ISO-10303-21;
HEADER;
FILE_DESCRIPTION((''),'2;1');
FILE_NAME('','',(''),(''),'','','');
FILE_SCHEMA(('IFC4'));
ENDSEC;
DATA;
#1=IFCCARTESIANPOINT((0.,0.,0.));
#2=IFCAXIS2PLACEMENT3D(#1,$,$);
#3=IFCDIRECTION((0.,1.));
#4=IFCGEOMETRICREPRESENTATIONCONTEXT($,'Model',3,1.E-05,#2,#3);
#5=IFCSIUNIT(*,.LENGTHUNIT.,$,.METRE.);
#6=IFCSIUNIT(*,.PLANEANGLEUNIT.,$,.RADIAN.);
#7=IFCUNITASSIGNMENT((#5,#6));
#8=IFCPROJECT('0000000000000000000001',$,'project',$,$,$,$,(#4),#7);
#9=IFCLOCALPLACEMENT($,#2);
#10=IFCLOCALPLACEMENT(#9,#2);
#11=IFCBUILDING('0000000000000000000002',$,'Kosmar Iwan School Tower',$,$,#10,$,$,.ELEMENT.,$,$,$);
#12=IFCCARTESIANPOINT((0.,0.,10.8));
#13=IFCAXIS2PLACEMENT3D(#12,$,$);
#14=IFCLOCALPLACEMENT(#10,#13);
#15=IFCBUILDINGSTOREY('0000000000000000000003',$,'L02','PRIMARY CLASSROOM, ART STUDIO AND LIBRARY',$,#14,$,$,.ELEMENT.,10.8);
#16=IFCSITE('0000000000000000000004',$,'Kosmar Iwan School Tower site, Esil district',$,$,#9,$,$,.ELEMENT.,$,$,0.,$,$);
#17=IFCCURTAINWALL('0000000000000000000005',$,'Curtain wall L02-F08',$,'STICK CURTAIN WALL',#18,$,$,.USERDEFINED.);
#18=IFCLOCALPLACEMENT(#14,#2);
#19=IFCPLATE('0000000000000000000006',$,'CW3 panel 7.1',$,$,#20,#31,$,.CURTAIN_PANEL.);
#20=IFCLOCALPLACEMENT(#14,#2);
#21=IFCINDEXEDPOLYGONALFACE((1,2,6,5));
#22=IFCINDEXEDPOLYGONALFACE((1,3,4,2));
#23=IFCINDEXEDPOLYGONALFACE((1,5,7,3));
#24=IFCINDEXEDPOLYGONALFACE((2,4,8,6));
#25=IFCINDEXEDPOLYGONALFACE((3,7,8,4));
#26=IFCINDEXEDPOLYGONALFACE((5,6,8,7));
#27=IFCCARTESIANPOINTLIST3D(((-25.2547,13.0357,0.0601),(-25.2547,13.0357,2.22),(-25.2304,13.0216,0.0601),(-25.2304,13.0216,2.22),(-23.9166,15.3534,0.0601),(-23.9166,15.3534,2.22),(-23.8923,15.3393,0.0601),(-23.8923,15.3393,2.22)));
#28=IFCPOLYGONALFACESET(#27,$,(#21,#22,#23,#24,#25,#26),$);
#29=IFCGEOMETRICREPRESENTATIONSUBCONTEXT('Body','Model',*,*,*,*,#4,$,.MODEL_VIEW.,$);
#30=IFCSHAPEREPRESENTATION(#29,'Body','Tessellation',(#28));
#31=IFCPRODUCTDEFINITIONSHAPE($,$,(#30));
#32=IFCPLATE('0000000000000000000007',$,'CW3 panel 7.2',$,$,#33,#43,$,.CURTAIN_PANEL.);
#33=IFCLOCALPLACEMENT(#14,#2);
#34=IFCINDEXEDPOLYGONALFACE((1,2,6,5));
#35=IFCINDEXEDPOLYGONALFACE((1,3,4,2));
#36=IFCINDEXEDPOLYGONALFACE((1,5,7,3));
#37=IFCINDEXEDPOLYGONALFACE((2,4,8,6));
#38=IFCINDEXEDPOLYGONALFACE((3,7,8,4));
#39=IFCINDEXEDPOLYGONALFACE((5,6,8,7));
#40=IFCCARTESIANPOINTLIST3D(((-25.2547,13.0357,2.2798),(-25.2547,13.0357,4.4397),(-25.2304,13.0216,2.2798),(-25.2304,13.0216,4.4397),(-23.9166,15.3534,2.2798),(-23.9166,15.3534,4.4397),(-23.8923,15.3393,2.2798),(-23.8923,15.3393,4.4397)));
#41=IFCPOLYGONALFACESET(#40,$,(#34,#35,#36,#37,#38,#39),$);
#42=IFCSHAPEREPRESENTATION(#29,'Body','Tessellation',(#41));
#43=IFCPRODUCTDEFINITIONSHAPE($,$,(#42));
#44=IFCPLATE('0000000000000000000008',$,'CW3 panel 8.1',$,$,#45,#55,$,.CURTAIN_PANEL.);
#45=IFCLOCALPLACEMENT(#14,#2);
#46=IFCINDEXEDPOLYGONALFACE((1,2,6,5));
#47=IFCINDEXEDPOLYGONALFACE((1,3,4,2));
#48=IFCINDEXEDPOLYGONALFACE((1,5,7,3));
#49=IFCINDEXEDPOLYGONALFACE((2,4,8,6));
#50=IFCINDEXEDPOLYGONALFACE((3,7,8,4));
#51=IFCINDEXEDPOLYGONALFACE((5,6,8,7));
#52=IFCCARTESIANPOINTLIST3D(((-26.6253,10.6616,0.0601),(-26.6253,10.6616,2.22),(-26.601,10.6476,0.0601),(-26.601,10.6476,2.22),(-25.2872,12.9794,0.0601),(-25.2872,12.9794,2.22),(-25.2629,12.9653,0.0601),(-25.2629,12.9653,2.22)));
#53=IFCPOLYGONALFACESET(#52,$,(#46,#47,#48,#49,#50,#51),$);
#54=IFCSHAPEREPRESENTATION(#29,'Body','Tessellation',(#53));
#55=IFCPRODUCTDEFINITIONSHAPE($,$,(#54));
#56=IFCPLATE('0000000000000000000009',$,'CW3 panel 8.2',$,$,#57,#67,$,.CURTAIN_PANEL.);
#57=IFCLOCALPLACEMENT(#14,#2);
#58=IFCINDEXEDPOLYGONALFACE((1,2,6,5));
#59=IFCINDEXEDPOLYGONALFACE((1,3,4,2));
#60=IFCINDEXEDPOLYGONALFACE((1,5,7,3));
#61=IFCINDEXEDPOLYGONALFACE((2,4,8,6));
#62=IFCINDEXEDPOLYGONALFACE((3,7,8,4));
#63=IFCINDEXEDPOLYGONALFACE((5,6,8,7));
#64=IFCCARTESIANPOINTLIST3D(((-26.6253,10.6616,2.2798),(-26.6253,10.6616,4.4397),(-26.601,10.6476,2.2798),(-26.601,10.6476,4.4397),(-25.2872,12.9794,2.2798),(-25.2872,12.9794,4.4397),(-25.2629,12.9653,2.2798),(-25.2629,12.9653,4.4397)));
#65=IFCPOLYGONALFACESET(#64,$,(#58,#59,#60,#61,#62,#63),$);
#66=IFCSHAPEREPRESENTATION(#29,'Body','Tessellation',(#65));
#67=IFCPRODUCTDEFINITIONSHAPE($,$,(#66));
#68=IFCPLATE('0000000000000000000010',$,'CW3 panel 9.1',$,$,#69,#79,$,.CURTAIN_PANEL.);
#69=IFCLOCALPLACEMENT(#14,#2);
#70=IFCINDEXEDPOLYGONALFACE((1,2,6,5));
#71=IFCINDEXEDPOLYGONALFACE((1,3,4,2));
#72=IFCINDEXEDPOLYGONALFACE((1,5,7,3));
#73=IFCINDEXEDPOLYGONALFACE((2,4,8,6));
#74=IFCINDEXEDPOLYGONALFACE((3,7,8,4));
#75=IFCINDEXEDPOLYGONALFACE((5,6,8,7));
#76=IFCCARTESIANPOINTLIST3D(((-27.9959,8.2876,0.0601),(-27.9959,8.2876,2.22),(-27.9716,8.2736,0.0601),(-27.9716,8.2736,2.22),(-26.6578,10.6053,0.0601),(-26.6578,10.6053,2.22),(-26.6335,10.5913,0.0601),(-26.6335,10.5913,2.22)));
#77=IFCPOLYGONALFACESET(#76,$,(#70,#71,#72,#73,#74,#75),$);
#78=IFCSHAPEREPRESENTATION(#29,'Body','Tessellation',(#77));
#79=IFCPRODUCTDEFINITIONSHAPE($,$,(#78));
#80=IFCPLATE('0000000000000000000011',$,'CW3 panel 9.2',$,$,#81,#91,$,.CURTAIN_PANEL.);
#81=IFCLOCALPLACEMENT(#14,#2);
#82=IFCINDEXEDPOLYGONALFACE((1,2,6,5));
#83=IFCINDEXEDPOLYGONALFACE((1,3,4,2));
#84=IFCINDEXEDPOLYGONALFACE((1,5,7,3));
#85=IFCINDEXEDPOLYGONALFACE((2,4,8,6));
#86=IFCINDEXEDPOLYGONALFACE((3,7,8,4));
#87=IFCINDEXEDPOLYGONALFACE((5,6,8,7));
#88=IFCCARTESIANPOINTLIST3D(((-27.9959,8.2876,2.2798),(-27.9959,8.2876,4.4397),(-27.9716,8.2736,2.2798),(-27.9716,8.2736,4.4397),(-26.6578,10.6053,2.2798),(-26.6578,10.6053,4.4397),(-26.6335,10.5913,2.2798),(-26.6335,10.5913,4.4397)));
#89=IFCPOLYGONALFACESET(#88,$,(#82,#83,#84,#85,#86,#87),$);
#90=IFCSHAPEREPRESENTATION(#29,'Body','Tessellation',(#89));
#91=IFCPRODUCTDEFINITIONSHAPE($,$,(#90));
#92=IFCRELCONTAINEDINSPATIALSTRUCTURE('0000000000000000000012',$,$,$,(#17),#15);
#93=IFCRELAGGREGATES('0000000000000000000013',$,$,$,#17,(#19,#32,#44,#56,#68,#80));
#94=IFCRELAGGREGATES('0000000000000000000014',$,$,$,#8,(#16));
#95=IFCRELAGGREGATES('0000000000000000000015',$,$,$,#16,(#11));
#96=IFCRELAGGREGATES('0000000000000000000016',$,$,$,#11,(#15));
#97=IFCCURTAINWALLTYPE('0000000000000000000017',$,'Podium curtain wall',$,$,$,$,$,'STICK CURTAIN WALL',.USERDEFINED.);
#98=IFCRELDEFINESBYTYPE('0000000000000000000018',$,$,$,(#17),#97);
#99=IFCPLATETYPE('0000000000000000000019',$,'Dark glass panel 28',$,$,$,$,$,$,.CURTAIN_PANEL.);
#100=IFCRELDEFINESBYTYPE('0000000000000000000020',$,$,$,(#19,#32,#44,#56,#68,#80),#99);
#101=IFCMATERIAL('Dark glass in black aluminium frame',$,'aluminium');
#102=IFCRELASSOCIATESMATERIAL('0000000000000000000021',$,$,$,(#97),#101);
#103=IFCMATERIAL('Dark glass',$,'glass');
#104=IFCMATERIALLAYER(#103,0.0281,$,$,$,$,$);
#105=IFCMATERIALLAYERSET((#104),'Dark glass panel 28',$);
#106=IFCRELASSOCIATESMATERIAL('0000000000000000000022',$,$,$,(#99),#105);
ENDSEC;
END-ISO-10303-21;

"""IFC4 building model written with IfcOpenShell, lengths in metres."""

from ifc_helpers import new_model, si_unit, direction, frame, origin, origin_2d, place, context, subcontext, project, spatial, rectangle, extrude, material, layer, layer_set, type_object, element, aggregate, save


model = new_model("IFC4")

# Units and contexts
model_context = context("Model", 3, precision=1e-05, world=origin(), true_north=direction((0.0, 1.0)))
body_context = subcontext(model_context, "Body", "Model", "MODEL_VIEW")
ifc_project = project(units=[si_unit("LENGTHUNIT", "METRE"), si_unit("PLANEANGLEUNIT", "RADIAN")], contexts=[model_context])

# Site, building, storey
site_placement = place(None, origin())
site = spatial("IfcSite", under=ifc_project, at=site_placement, Name="Kosmar Iwan School Tower site, Esil district", CompositionType="ELEMENT", RefElevation=0.0)
building_placement = place(site_placement, origin())
building = spatial("IfcBuilding", under=site, at=building_placement, Name="Kosmar Iwan School Tower", CompositionType="ELEMENT")
storey_placement = place(building_placement, frame((0.0, 0.0, 10.8)))
storey = spatial("IfcBuildingStorey", under=building, at=storey_placement, Name="L02", Description="PRIMARY CLASSROOM, ART STUDIO AND LIBRARY", CompositionType="ELEMENT", Elevation=10.8)

# Curtain wall, plates
ifc_material_1 = material(Name="Dark glass in black aluminium frame", Category="aluminium")
curtain_wall_type = type_object("IfcCurtainWallType", Name="Podium curtain wall", ElementType="STICK CURTAIN WALL", PredefinedType="USERDEFINED", material=ifc_material_1)
curtain_wall_placement = place(storey_placement, origin())
curtain_wall = element("IfcCurtainWall", 1, at=curtain_wall_placement, inside=storey, type_object=curtain_wall_type, Name="Curtain wall L02-F08", ObjectType="STICK CURTAIN WALL", PredefinedType="USERDEFINED")
ifc_material_2 = material(Name="Dark glass", Category="glass")
ifc_layer = layer(ifc_material_2, 0.0281)
ifc_layer_set = layer_set([ifc_layer], Name="Dark glass panel 28")
plate_type = type_object("IfcPlateType", Name="Dark glass panel 28", PredefinedType="CURTAIN_PANEL", material=ifc_layer_set)
plate_1_placement = place(storey_placement, frame((-24.5735, 14.1875, 0.0601), z_axis=(0.0, 0.0, 1.0), x_axis=(-0.5, -0.866025, 0.0)))
plate_1 = element("IfcPlate", 2, at=plate_1_placement, type_object=plate_type, Name="CW3 panel 7.1", PredefinedType="CURTAIN_PANEL", context=body_context, shape_type="SweptSolid", body=[
    extrude(rectangle(XDim=2.6763, YDim=0.0281, at=origin_2d()), origin(), (0.0, 0.0, 1.0), 2.1599),
])
plate_2_placement = place(storey_placement, frame((-24.5735, 14.1875, 2.2798), z_axis=(0.0, 0.0, 1.0), x_axis=(-0.5, -0.866025, 0.0)))
plate_2 = element("IfcPlate", 3, at=plate_2_placement, type_object=plate_type, Name="CW3 panel 7.2", PredefinedType="CURTAIN_PANEL", context=body_context, shape_type="SweptSolid", body=[
    extrude(rectangle(XDim=2.6763, YDim=0.0281, at=origin_2d()), origin(), (0.0, 0.0, 1.0), 2.1599),
])
plate_3_placement = place(storey_placement, frame((-25.9441, 11.8135, 0.0601), z_axis=(0.0, 0.0, 1.0), x_axis=(-0.5, -0.866025, 0.0)))
plate_3 = element("IfcPlate", 4, at=plate_3_placement, type_object=plate_type, Name="CW3 panel 8.1", PredefinedType="CURTAIN_PANEL", context=body_context, shape_type="SweptSolid", body=[
    extrude(rectangle(XDim=2.6763, YDim=0.0281, at=origin_2d()), origin(), (0.0, 0.0, 1.0), 2.1599),
])
plate_4_placement = place(storey_placement, frame((-25.9441, 11.8135, 2.2798), z_axis=(0.0, 0.0, 1.0), x_axis=(-0.5, -0.866025, 0.0)))
plate_4 = element("IfcPlate", 5, at=plate_4_placement, type_object=plate_type, Name="CW3 panel 8.2", PredefinedType="CURTAIN_PANEL", context=body_context, shape_type="SweptSolid", body=[
    extrude(rectangle(XDim=2.6763, YDim=0.0281, at=origin_2d()), origin(), (0.0, 0.0, 1.0), 2.1599),
])
plate_5_placement = place(storey_placement, frame((-27.3147, 9.4395, 0.0601), z_axis=(0.0, 0.0, 1.0), x_axis=(-0.5, -0.866025, 0.0)))
plate_5 = element("IfcPlate", 6, at=plate_5_placement, type_object=plate_type, Name="CW3 panel 9.1", PredefinedType="CURTAIN_PANEL", context=body_context, shape_type="SweptSolid", body=[
    extrude(rectangle(XDim=2.6763, YDim=0.0281, at=origin_2d()), origin(), (0.0, 0.0, 1.0), 2.1599),
])
plate_6_placement = place(storey_placement, frame((-27.3147, 9.4395, 2.2798), z_axis=(0.0, 0.0, 1.0), x_axis=(-0.5, -0.866025, 0.0)))
plate_6 = element("IfcPlate", 7, at=plate_6_placement, type_object=plate_type, Name="CW3 panel 9.2", PredefinedType="CURTAIN_PANEL", context=body_context, shape_type="SweptSolid", body=[
    extrude(rectangle(XDim=2.6763, YDim=0.0281, at=origin_2d()), origin(), (0.0, 0.0, 1.0), 2.1599),
])
aggregate(curtain_wall, [plate_1, plate_2, plate_3, plate_4, plate_5, plate_6])

save(model, "model.ifc")
